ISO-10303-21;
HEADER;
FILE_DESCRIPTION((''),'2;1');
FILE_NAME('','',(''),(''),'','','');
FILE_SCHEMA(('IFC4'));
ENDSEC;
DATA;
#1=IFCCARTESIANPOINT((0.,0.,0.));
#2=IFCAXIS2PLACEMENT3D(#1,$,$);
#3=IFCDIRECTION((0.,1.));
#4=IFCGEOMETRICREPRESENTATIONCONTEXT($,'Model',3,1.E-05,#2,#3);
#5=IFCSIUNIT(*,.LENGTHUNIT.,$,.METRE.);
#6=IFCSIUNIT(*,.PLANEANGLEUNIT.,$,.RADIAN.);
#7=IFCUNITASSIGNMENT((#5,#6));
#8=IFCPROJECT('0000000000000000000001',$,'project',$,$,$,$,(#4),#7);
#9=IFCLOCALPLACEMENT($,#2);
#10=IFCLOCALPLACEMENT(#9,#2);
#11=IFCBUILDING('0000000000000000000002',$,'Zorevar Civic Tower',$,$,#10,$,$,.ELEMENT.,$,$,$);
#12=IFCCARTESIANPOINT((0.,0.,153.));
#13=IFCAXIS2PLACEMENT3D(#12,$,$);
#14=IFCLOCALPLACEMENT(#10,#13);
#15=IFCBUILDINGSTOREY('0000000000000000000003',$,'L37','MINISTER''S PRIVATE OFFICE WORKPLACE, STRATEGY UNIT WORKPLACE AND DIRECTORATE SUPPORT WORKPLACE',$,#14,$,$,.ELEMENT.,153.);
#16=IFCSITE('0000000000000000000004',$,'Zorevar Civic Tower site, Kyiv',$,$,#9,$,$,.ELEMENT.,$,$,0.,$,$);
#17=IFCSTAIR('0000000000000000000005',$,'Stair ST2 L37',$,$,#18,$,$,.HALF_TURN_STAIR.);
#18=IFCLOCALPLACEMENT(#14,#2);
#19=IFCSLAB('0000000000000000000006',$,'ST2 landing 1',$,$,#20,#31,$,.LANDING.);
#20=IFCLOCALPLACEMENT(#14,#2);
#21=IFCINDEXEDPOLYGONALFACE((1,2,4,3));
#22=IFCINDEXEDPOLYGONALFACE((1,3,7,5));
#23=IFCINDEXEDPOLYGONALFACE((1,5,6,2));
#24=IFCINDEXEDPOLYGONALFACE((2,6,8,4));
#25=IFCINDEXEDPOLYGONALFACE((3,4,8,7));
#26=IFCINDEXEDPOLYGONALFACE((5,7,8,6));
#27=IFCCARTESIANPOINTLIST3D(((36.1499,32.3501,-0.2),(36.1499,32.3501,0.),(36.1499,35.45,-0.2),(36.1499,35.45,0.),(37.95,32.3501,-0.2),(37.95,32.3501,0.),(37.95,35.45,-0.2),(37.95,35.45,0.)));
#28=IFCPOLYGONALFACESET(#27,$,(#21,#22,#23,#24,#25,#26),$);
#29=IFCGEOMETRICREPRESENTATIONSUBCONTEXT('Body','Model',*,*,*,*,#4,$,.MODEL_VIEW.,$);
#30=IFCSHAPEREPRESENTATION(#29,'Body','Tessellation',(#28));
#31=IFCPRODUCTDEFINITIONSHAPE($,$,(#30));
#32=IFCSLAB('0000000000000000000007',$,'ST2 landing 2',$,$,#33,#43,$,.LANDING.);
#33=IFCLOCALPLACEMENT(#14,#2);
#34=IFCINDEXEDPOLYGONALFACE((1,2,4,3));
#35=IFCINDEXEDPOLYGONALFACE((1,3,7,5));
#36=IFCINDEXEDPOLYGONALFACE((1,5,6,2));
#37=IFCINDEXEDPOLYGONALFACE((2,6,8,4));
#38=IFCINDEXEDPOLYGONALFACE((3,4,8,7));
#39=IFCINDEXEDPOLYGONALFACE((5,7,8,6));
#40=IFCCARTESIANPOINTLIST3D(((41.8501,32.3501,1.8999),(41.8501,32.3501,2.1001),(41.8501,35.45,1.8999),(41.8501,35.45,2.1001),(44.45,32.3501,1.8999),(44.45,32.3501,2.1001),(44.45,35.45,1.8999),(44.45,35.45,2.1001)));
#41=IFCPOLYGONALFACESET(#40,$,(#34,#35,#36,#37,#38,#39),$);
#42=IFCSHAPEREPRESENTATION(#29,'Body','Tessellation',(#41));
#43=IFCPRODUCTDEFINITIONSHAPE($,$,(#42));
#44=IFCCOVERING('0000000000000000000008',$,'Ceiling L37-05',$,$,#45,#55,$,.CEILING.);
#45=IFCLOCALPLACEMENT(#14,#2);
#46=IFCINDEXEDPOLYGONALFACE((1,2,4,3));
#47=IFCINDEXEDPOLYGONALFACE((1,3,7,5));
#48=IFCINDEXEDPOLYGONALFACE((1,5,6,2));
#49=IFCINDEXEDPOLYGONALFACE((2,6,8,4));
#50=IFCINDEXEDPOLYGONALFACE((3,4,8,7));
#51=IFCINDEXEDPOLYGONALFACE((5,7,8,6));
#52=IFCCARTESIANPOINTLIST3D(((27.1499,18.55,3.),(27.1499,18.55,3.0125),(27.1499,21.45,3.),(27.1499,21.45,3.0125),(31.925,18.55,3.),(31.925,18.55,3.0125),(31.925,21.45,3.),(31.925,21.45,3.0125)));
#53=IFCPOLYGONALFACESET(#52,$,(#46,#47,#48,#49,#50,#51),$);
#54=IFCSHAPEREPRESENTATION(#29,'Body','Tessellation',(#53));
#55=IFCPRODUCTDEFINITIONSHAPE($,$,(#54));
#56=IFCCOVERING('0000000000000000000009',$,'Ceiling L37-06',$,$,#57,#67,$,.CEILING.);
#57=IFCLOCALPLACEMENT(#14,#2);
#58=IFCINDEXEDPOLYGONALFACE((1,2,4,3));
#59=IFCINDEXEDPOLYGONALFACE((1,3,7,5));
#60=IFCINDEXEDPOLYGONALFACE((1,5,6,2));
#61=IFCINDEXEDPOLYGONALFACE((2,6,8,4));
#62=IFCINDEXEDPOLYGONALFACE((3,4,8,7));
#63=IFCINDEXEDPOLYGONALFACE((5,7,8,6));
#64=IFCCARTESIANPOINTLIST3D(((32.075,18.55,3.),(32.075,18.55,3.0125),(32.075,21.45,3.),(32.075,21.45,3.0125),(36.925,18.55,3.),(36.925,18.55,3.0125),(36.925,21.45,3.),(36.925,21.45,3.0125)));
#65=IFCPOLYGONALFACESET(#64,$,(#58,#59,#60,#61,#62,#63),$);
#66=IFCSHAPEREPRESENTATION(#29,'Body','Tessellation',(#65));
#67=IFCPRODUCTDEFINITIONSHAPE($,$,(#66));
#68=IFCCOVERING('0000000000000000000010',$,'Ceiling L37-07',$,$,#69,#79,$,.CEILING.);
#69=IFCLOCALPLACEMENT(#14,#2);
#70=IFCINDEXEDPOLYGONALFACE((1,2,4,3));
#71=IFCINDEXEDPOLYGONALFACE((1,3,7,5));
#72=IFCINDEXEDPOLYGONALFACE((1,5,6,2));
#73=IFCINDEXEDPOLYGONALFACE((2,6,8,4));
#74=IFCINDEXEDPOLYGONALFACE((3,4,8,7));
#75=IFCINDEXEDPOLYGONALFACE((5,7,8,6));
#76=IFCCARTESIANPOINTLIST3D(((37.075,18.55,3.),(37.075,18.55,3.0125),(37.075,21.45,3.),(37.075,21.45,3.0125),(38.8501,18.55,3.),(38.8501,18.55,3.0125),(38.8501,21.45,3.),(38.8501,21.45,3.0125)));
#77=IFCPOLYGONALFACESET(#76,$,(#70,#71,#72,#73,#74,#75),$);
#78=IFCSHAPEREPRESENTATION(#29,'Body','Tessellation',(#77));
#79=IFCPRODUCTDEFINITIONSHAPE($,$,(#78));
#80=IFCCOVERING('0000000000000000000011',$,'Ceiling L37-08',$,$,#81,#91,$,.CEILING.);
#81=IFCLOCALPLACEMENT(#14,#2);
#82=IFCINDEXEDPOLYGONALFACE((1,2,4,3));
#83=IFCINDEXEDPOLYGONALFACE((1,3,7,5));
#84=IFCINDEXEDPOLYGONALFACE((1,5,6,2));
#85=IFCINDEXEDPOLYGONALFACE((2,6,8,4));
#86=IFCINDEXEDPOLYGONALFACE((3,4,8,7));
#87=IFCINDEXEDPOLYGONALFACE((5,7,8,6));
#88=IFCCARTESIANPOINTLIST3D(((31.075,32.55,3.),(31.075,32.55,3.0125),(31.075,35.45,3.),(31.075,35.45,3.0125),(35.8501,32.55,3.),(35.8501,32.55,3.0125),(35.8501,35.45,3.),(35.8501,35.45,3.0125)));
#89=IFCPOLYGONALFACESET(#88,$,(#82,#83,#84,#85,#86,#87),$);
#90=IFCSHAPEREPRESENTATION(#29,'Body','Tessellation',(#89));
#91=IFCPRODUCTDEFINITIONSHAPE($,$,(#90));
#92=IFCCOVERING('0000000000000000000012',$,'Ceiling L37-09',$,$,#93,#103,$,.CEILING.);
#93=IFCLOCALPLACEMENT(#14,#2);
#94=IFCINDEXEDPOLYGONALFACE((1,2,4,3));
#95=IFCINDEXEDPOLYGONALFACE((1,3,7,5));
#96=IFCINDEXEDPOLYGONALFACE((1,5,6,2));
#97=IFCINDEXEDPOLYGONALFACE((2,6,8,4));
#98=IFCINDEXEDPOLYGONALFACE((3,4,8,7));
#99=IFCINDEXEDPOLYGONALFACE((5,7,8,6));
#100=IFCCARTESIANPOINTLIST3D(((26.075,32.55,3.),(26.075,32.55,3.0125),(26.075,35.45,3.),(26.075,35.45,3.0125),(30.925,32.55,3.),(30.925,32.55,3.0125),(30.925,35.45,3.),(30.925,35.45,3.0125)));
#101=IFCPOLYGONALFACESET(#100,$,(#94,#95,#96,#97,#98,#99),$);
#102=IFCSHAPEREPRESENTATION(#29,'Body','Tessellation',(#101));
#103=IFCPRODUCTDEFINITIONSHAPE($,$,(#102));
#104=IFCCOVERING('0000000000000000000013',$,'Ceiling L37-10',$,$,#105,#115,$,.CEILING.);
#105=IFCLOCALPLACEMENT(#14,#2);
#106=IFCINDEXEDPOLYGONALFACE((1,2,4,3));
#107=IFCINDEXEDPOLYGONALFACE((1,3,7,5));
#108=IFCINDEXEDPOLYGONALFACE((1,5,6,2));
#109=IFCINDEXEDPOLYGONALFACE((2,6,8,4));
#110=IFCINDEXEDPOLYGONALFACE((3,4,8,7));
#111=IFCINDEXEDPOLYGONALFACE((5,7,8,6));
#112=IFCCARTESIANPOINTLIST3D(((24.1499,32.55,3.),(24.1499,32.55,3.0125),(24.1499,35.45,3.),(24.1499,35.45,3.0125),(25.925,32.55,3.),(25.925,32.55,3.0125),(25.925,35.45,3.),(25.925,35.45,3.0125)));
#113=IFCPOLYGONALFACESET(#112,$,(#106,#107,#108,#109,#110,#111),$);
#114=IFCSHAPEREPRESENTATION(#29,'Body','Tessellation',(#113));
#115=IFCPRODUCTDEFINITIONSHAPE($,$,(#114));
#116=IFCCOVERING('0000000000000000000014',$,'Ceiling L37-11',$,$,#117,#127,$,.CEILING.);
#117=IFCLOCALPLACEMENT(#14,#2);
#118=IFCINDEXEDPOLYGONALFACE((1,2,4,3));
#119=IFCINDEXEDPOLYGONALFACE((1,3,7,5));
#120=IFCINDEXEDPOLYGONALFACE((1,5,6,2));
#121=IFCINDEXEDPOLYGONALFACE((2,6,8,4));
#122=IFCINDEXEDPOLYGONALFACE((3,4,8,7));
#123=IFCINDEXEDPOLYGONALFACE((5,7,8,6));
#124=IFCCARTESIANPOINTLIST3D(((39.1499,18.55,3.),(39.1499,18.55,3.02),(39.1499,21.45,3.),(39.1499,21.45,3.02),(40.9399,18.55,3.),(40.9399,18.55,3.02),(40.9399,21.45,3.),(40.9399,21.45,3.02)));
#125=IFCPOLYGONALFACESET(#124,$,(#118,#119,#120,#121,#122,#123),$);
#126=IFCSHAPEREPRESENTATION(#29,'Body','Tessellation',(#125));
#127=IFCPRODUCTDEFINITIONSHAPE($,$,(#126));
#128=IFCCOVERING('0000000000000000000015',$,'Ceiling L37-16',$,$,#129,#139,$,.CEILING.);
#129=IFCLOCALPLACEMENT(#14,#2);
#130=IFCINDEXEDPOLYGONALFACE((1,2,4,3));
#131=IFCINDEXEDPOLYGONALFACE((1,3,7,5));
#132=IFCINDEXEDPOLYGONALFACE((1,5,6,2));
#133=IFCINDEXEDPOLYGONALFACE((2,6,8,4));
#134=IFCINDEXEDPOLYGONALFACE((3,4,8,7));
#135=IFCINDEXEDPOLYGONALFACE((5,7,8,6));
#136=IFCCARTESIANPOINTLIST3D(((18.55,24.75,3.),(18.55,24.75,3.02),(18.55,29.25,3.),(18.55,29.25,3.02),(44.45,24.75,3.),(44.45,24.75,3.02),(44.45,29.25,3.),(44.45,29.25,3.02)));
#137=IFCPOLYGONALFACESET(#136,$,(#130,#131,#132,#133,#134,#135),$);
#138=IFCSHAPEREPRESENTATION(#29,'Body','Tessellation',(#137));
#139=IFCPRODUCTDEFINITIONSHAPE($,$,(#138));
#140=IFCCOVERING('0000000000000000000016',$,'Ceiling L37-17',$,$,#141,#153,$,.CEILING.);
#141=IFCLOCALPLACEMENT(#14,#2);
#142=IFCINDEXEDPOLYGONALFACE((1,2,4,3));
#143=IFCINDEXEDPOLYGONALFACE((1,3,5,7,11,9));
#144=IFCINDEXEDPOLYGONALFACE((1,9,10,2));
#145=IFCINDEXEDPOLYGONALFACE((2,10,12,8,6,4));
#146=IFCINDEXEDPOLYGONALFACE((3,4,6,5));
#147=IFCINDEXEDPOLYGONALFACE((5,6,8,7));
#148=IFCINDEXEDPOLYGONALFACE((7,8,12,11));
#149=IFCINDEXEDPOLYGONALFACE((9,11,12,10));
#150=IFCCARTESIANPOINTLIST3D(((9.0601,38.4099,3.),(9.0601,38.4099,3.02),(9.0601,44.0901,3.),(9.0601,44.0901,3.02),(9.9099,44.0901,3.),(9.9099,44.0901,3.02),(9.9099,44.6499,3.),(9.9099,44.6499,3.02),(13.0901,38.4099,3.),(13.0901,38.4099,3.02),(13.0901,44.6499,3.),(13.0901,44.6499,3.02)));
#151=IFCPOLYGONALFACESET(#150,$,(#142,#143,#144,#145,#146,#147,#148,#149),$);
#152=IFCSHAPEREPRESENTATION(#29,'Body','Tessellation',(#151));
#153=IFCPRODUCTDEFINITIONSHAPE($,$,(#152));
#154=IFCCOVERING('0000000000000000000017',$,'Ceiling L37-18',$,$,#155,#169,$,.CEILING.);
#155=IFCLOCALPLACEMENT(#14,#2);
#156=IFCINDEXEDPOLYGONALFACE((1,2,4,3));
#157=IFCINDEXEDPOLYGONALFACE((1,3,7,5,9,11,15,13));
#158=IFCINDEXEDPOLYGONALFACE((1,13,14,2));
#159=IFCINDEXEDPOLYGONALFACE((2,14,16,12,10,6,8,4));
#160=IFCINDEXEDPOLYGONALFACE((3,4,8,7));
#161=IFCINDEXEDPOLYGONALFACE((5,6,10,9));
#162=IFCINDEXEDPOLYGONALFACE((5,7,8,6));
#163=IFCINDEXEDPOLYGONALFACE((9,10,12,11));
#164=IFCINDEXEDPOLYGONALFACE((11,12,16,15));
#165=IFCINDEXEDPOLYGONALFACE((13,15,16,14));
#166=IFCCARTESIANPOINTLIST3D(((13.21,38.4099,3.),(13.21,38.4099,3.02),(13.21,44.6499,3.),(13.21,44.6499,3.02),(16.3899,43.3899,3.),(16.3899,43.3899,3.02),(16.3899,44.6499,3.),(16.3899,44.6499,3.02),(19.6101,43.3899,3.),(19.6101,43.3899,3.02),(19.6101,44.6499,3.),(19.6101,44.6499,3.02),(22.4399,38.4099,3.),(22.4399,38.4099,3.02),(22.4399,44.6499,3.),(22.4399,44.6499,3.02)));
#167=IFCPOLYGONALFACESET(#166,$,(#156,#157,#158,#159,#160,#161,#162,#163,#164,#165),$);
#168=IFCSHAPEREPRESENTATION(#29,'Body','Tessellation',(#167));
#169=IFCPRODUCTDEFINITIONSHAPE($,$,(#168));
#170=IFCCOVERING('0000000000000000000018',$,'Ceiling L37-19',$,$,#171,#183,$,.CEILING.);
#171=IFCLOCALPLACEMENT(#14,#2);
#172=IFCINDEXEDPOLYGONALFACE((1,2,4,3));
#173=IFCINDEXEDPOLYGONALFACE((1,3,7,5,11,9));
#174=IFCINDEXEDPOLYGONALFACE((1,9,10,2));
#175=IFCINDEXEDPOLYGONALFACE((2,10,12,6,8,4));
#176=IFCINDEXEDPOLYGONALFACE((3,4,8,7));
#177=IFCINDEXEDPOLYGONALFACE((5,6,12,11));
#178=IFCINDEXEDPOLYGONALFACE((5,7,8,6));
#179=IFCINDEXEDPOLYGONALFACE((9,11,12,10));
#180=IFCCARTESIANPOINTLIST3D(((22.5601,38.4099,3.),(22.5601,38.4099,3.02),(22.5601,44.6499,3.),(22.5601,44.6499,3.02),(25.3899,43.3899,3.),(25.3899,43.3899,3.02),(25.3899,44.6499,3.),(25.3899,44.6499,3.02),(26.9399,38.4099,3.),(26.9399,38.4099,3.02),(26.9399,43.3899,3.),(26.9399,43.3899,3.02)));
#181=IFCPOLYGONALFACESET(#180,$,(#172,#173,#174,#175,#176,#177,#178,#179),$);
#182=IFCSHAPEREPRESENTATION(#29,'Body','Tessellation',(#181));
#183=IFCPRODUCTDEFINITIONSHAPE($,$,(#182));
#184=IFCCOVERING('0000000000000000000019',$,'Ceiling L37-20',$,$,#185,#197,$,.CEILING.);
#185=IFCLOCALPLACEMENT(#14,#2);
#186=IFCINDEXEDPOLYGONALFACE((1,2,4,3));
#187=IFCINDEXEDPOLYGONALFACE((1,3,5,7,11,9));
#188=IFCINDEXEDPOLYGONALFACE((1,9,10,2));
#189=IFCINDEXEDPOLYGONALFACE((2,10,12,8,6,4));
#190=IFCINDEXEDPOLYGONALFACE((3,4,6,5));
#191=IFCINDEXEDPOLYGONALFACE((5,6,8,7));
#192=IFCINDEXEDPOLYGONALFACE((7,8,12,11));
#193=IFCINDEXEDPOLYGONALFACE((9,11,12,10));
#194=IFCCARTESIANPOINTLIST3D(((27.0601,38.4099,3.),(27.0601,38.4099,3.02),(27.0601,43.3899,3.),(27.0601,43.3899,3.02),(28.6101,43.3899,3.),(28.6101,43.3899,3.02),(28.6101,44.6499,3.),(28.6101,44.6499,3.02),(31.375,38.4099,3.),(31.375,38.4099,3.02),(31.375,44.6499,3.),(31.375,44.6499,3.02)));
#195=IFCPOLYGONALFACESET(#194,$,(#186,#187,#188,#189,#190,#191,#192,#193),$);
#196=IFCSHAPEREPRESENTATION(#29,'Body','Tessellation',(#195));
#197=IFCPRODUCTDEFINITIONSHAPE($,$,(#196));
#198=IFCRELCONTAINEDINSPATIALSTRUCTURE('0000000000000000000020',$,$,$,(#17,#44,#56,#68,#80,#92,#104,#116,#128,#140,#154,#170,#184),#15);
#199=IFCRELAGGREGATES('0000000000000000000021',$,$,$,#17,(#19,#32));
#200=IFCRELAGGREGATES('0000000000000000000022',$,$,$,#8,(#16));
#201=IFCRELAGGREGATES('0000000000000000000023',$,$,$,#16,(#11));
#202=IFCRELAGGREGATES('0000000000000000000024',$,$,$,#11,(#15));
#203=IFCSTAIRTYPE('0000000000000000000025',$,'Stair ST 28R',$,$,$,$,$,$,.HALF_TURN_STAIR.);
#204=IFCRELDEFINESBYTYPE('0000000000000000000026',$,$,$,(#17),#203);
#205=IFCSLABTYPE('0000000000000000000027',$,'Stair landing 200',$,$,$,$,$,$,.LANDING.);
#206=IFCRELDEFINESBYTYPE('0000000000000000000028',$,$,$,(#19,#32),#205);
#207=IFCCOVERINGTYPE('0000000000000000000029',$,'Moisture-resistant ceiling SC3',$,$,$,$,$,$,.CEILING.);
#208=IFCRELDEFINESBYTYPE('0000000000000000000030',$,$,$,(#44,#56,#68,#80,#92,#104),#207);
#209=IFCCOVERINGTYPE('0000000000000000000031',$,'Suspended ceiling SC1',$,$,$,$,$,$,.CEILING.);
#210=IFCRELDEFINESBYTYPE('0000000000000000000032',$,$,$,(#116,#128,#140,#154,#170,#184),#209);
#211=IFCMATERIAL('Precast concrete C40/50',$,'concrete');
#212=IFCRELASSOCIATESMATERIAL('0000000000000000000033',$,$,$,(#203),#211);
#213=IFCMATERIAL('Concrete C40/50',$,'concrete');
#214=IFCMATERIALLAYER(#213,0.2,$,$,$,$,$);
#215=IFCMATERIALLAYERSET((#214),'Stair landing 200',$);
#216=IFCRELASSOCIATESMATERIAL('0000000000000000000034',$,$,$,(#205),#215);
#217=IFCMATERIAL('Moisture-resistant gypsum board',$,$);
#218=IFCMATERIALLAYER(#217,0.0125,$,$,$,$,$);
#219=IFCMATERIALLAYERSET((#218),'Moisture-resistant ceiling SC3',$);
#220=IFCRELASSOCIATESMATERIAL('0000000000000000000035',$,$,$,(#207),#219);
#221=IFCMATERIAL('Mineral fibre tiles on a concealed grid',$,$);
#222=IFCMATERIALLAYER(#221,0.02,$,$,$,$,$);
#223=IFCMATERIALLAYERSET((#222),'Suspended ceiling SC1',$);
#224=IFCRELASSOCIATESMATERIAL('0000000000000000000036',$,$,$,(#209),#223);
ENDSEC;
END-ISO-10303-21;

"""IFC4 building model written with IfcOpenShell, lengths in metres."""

from ifc_helpers import new_model, si_unit, direction, frame, origin, place, context, subcontext, project, spatial, polyline, outline, extrude, material, layer, layer_set, type_object, element, aggregate, save


model = new_model("IFC4")

# Units and contexts
model_context = context("Model", 3, precision=1e-05, world=origin(), true_north=direction((0.0, 1.0)))
body_context = subcontext(model_context, "Body", "Model", "MODEL_VIEW")
ifc_project = project(units=[si_unit("LENGTHUNIT", "METRE"), si_unit("PLANEANGLEUNIT", "RADIAN")], contexts=[model_context])

# Site, building, storey
site_placement = place(None, origin())
site = spatial("IfcSite", under=ifc_project, at=site_placement, Name="Zorevar Civic Tower site, Kyiv", CompositionType="ELEMENT", RefElevation=0.0)
building_placement = place(site_placement, origin())
building = spatial("IfcBuilding", under=site, at=building_placement, Name="Zorevar Civic Tower", CompositionType="ELEMENT")
storey_placement = place(building_placement, frame((0.0, 0.0, 153.0)))
storey = spatial("IfcBuildingStorey", under=building, at=storey_placement, Name="L37", Description="MINISTER'S PRIVATE OFFICE WORKPLACE, STRATEGY UNIT WORKPLACE AND DIRECTORATE SUPPORT WORKPLACE", CompositionType="ELEMENT", Elevation=153.0)

# Stair, slabs
ifc_material_1 = material(Name="Precast concrete C40/50", Category="concrete")
stair_type = type_object("IfcStairType", Name="Stair ST 28R", PredefinedType="HALF_TURN_STAIR", material=ifc_material_1)
ifc_material_2 = material(Name="Concrete C40/50", Category="concrete")
ifc_layer_1 = layer(ifc_material_2, 0.2)
ifc_layer_set_1 = layer_set([ifc_layer_1], Name="Stair landing 200")
slab_type_1 = type_object("IfcSlabType", Name="Stair landing 200", PredefinedType="LANDING", material=ifc_layer_set_1)
stair_1_placement = place(storey_placement, origin())
stair_1 = element("IfcStair", 1, at=stair_1_placement, inside=storey, type_object=stair_type, Name="Stair ST2 L37", PredefinedType="HALF_TURN_STAIR")
slab_1_placement = place(storey_placement, frame((0.0, 0.0, -0.2)))
slab_1 = element("IfcSlab", 2, at=slab_1_placement, type_object=slab_type_1, Name="ST2 landing 1", PredefinedType="LANDING", context=body_context, shape_type="SweptSolid", body=[
    extrude(outline(polyline([(37.95, 32.3501), (36.1499, 32.3501), (36.1499, 35.45), (37.95, 35.45), (37.95, 32.3501)])), origin(), (0.0, 0.0, 1.0), 0.2),
])
slab_2_placement = place(storey_placement, frame((0.0, 0.0, 1.8999)))
slab_2 = element("IfcSlab", 3, at=slab_2_placement, type_object=slab_type_1, Name="ST2 landing 2", PredefinedType="LANDING", context=body_context, shape_type="SweptSolid", body=[
    extrude(outline(polyline([(44.45, 32.3501), (41.8501, 32.3501), (41.8501, 35.45), (44.45, 35.45), (44.45, 32.3501)])), origin(), (0.0, 0.0, 1.0), 0.2002),
])
aggregate(stair_1, [slab_1, slab_2])

# Coverings
ifc_material_3 = material(Name="Moisture-resistant gypsum board")
ifc_layer_2 = layer(ifc_material_3, 0.0125)
ifc_layer_set_2 = layer_set([ifc_layer_2], Name="Moisture-resistant ceiling SC3")
covering_type_1 = type_object("IfcCoveringType", Name="Moisture-resistant ceiling SC3", PredefinedType="CEILING", material=ifc_layer_set_2)
covering_1_placement = place(storey_placement, frame((0.0, 0.0, 3.0)))
element("IfcCovering", 4, at=covering_1_placement, inside=storey, type_object=covering_type_1, Name="Ceiling L37-05", PredefinedType="CEILING", context=body_context, shape_type="SweptSolid", body=[
    extrude(outline(polyline([(31.925, 18.55), (31.925, 21.45), (27.1499, 21.45), (27.1499, 18.55), (31.925, 18.55)])), origin(), (0.0, 0.0, 1.0), 0.0125),
])
covering_2_placement = place(storey_placement, frame((0.0, 0.0, 3.0)))
element("IfcCovering", 5, at=covering_2_placement, inside=storey, type_object=covering_type_1, Name="Ceiling L37-06", PredefinedType="CEILING", context=body_context, shape_type="SweptSolid", body=[
    extrude(outline(polyline([(36.925, 18.55), (36.925, 21.45), (32.075, 21.45), (32.075, 18.55), (36.925, 18.55)])), origin(), (0.0, 0.0, 1.0), 0.0125),
])
covering_3_placement = place(storey_placement, frame((0.0, 0.0, 3.0)))
element("IfcCovering", 6, at=covering_3_placement, inside=storey, type_object=covering_type_1, Name="Ceiling L37-07", PredefinedType="CEILING", context=body_context, shape_type="SweptSolid", body=[
    extrude(outline(polyline([(38.8501, 18.55), (38.8501, 21.45), (37.075, 21.45), (37.075, 18.55), (38.8501, 18.55)])), origin(), (0.0, 0.0, 1.0), 0.0125),
])
covering_4_placement = place(storey_placement, frame((0.0, 0.0, 3.0)))
element("IfcCovering", 7, at=covering_4_placement, inside=storey, type_object=covering_type_1, Name="Ceiling L37-08", PredefinedType="CEILING", context=body_context, shape_type="SweptSolid", body=[
    extrude(outline(polyline([(35.8501, 32.55), (35.8501, 35.45), (31.075, 35.45), (31.075, 32.55), (35.8501, 32.55)])), origin(), (0.0, 0.0, 1.0), 0.0125),
])
covering_5_placement = place(storey_placement, frame((0.0, 0.0, 3.0)))
element("IfcCovering", 8, at=covering_5_placement, inside=storey, type_object=covering_type_1, Name="Ceiling L37-09", PredefinedType="CEILING", context=body_context, shape_type="SweptSolid", body=[
    extrude(outline(polyline([(30.925, 32.55), (30.925, 35.45), (26.075, 35.45), (26.075, 32.55), (30.925, 32.55)])), origin(), (0.0, 0.0, 1.0), 0.0125),
])
covering_6_placement = place(storey_placement, frame((0.0, 0.0, 3.0)))
element("IfcCovering", 9, at=covering_6_placement, inside=storey, type_object=covering_type_1, Name="Ceiling L37-10", PredefinedType="CEILING", context=body_context, shape_type="SweptSolid", body=[
    extrude(outline(polyline([(25.925, 32.55), (25.925, 35.45), (24.1499, 35.45), (24.1499, 32.55), (25.925, 32.55)])), origin(), (0.0, 0.0, 1.0), 0.0125),
])
ifc_material_4 = material(Name="Mineral fibre tiles on a concealed grid")
ifc_layer_3 = layer(ifc_material_4, 0.02)
ifc_layer_set_3 = layer_set([ifc_layer_3], Name="Suspended ceiling SC1")
covering_type_2 = type_object("IfcCoveringType", Name="Suspended ceiling SC1", PredefinedType="CEILING", material=ifc_layer_set_3)
covering_7_placement = place(storey_placement, frame((0.0, 0.0, 3.0)))
element("IfcCovering", 10, at=covering_7_placement, inside=storey, type_object=covering_type_2, Name="Ceiling L37-11", PredefinedType="CEILING", context=body_context, shape_type="SweptSolid", body=[
    extrude(outline(polyline([(40.9399, 18.55), (40.9399, 21.45), (39.1499, 21.45), (39.1499, 18.55), (40.9399, 18.55)])), origin(), (0.0, 0.0, 1.0), 0.02),
])
covering_8_placement = place(storey_placement, frame((0.0, 0.0, 3.0)))
element("IfcCovering", 11, at=covering_8_placement, inside=storey, type_object=covering_type_2, Name="Ceiling L37-16", PredefinedType="CEILING", context=body_context, shape_type="SweptSolid", body=[
    extrude(outline(polyline([(44.45, 24.75), (44.45, 29.25), (18.55, 29.25), (18.55, 24.75), (44.45, 24.75)])), origin(), (0.0, 0.0, 1.0), 0.02),
])
covering_9_placement = place(storey_placement, frame((0.0, 0.0, 3.0)))
element("IfcCovering", 12, at=covering_9_placement, inside=storey, type_object=covering_type_2, Name="Ceiling L37-17", PredefinedType="CEILING", context=body_context, shape_type="SweptSolid", body=[
    extrude(outline(polyline([(9.0601, 38.4099), (9.0601, 44.0901), (9.9099, 44.0901), (9.9099, 44.6499), (13.0901, 44.6499), (13.0901, 38.4099), (9.0601, 38.4099)])), origin(), (0.0, 0.0, 1.0), 0.02),
])
covering_10_placement = place(storey_placement, frame((0.0, 0.0, 3.0)))
element("IfcCovering", 13, at=covering_10_placement, inside=storey, type_object=covering_type_2, Name="Ceiling L37-18", PredefinedType="CEILING", context=body_context, shape_type="SweptSolid", body=[
    extrude(outline(polyline([(13.21, 38.4099), (13.21, 44.6499), (16.3899, 44.6499), (16.3899, 43.3899), (19.6101, 43.3899), (19.6101, 44.6499), (22.4399, 44.6499), (22.4399, 38.4099), (13.21, 38.4099)])), origin(), (0.0, 0.0, 1.0), 0.02),
])
covering_11_placement = place(storey_placement, frame((0.0, 0.0, 3.0)))
element("IfcCovering", 14, at=covering_11_placement, inside=storey, type_object=covering_type_2, Name="Ceiling L37-19", PredefinedType="CEILING", context=body_context, shape_type="SweptSolid", body=[
    extrude(outline(polyline([(22.5601, 38.4099), (22.5601, 44.6499), (25.3899, 44.6499), (25.3899, 43.3899), (26.9399, 43.3899), (26.9399, 38.4099), (22.5601, 38.4099)])), origin(), (0.0, 0.0, 1.0), 0.02),
])
covering_12_placement = place(storey_placement, frame((0.0, 0.0, 3.0)))
element("IfcCovering", 15, at=covering_12_placement, inside=storey, type_object=covering_type_2, Name="Ceiling L37-20", PredefinedType="CEILING", context=body_context, shape_type="SweptSolid", body=[
    extrude(outline(polyline([(27.0601, 38.4099), (27.0601, 43.3899), (28.6101, 43.3899), (28.6101, 44.6499), (31.375, 44.6499), (31.375, 38.4099), (27.0601, 38.4099)])), origin(), (0.0, 0.0, 1.0), 0.02),
])

save(model, "model.ifc")
